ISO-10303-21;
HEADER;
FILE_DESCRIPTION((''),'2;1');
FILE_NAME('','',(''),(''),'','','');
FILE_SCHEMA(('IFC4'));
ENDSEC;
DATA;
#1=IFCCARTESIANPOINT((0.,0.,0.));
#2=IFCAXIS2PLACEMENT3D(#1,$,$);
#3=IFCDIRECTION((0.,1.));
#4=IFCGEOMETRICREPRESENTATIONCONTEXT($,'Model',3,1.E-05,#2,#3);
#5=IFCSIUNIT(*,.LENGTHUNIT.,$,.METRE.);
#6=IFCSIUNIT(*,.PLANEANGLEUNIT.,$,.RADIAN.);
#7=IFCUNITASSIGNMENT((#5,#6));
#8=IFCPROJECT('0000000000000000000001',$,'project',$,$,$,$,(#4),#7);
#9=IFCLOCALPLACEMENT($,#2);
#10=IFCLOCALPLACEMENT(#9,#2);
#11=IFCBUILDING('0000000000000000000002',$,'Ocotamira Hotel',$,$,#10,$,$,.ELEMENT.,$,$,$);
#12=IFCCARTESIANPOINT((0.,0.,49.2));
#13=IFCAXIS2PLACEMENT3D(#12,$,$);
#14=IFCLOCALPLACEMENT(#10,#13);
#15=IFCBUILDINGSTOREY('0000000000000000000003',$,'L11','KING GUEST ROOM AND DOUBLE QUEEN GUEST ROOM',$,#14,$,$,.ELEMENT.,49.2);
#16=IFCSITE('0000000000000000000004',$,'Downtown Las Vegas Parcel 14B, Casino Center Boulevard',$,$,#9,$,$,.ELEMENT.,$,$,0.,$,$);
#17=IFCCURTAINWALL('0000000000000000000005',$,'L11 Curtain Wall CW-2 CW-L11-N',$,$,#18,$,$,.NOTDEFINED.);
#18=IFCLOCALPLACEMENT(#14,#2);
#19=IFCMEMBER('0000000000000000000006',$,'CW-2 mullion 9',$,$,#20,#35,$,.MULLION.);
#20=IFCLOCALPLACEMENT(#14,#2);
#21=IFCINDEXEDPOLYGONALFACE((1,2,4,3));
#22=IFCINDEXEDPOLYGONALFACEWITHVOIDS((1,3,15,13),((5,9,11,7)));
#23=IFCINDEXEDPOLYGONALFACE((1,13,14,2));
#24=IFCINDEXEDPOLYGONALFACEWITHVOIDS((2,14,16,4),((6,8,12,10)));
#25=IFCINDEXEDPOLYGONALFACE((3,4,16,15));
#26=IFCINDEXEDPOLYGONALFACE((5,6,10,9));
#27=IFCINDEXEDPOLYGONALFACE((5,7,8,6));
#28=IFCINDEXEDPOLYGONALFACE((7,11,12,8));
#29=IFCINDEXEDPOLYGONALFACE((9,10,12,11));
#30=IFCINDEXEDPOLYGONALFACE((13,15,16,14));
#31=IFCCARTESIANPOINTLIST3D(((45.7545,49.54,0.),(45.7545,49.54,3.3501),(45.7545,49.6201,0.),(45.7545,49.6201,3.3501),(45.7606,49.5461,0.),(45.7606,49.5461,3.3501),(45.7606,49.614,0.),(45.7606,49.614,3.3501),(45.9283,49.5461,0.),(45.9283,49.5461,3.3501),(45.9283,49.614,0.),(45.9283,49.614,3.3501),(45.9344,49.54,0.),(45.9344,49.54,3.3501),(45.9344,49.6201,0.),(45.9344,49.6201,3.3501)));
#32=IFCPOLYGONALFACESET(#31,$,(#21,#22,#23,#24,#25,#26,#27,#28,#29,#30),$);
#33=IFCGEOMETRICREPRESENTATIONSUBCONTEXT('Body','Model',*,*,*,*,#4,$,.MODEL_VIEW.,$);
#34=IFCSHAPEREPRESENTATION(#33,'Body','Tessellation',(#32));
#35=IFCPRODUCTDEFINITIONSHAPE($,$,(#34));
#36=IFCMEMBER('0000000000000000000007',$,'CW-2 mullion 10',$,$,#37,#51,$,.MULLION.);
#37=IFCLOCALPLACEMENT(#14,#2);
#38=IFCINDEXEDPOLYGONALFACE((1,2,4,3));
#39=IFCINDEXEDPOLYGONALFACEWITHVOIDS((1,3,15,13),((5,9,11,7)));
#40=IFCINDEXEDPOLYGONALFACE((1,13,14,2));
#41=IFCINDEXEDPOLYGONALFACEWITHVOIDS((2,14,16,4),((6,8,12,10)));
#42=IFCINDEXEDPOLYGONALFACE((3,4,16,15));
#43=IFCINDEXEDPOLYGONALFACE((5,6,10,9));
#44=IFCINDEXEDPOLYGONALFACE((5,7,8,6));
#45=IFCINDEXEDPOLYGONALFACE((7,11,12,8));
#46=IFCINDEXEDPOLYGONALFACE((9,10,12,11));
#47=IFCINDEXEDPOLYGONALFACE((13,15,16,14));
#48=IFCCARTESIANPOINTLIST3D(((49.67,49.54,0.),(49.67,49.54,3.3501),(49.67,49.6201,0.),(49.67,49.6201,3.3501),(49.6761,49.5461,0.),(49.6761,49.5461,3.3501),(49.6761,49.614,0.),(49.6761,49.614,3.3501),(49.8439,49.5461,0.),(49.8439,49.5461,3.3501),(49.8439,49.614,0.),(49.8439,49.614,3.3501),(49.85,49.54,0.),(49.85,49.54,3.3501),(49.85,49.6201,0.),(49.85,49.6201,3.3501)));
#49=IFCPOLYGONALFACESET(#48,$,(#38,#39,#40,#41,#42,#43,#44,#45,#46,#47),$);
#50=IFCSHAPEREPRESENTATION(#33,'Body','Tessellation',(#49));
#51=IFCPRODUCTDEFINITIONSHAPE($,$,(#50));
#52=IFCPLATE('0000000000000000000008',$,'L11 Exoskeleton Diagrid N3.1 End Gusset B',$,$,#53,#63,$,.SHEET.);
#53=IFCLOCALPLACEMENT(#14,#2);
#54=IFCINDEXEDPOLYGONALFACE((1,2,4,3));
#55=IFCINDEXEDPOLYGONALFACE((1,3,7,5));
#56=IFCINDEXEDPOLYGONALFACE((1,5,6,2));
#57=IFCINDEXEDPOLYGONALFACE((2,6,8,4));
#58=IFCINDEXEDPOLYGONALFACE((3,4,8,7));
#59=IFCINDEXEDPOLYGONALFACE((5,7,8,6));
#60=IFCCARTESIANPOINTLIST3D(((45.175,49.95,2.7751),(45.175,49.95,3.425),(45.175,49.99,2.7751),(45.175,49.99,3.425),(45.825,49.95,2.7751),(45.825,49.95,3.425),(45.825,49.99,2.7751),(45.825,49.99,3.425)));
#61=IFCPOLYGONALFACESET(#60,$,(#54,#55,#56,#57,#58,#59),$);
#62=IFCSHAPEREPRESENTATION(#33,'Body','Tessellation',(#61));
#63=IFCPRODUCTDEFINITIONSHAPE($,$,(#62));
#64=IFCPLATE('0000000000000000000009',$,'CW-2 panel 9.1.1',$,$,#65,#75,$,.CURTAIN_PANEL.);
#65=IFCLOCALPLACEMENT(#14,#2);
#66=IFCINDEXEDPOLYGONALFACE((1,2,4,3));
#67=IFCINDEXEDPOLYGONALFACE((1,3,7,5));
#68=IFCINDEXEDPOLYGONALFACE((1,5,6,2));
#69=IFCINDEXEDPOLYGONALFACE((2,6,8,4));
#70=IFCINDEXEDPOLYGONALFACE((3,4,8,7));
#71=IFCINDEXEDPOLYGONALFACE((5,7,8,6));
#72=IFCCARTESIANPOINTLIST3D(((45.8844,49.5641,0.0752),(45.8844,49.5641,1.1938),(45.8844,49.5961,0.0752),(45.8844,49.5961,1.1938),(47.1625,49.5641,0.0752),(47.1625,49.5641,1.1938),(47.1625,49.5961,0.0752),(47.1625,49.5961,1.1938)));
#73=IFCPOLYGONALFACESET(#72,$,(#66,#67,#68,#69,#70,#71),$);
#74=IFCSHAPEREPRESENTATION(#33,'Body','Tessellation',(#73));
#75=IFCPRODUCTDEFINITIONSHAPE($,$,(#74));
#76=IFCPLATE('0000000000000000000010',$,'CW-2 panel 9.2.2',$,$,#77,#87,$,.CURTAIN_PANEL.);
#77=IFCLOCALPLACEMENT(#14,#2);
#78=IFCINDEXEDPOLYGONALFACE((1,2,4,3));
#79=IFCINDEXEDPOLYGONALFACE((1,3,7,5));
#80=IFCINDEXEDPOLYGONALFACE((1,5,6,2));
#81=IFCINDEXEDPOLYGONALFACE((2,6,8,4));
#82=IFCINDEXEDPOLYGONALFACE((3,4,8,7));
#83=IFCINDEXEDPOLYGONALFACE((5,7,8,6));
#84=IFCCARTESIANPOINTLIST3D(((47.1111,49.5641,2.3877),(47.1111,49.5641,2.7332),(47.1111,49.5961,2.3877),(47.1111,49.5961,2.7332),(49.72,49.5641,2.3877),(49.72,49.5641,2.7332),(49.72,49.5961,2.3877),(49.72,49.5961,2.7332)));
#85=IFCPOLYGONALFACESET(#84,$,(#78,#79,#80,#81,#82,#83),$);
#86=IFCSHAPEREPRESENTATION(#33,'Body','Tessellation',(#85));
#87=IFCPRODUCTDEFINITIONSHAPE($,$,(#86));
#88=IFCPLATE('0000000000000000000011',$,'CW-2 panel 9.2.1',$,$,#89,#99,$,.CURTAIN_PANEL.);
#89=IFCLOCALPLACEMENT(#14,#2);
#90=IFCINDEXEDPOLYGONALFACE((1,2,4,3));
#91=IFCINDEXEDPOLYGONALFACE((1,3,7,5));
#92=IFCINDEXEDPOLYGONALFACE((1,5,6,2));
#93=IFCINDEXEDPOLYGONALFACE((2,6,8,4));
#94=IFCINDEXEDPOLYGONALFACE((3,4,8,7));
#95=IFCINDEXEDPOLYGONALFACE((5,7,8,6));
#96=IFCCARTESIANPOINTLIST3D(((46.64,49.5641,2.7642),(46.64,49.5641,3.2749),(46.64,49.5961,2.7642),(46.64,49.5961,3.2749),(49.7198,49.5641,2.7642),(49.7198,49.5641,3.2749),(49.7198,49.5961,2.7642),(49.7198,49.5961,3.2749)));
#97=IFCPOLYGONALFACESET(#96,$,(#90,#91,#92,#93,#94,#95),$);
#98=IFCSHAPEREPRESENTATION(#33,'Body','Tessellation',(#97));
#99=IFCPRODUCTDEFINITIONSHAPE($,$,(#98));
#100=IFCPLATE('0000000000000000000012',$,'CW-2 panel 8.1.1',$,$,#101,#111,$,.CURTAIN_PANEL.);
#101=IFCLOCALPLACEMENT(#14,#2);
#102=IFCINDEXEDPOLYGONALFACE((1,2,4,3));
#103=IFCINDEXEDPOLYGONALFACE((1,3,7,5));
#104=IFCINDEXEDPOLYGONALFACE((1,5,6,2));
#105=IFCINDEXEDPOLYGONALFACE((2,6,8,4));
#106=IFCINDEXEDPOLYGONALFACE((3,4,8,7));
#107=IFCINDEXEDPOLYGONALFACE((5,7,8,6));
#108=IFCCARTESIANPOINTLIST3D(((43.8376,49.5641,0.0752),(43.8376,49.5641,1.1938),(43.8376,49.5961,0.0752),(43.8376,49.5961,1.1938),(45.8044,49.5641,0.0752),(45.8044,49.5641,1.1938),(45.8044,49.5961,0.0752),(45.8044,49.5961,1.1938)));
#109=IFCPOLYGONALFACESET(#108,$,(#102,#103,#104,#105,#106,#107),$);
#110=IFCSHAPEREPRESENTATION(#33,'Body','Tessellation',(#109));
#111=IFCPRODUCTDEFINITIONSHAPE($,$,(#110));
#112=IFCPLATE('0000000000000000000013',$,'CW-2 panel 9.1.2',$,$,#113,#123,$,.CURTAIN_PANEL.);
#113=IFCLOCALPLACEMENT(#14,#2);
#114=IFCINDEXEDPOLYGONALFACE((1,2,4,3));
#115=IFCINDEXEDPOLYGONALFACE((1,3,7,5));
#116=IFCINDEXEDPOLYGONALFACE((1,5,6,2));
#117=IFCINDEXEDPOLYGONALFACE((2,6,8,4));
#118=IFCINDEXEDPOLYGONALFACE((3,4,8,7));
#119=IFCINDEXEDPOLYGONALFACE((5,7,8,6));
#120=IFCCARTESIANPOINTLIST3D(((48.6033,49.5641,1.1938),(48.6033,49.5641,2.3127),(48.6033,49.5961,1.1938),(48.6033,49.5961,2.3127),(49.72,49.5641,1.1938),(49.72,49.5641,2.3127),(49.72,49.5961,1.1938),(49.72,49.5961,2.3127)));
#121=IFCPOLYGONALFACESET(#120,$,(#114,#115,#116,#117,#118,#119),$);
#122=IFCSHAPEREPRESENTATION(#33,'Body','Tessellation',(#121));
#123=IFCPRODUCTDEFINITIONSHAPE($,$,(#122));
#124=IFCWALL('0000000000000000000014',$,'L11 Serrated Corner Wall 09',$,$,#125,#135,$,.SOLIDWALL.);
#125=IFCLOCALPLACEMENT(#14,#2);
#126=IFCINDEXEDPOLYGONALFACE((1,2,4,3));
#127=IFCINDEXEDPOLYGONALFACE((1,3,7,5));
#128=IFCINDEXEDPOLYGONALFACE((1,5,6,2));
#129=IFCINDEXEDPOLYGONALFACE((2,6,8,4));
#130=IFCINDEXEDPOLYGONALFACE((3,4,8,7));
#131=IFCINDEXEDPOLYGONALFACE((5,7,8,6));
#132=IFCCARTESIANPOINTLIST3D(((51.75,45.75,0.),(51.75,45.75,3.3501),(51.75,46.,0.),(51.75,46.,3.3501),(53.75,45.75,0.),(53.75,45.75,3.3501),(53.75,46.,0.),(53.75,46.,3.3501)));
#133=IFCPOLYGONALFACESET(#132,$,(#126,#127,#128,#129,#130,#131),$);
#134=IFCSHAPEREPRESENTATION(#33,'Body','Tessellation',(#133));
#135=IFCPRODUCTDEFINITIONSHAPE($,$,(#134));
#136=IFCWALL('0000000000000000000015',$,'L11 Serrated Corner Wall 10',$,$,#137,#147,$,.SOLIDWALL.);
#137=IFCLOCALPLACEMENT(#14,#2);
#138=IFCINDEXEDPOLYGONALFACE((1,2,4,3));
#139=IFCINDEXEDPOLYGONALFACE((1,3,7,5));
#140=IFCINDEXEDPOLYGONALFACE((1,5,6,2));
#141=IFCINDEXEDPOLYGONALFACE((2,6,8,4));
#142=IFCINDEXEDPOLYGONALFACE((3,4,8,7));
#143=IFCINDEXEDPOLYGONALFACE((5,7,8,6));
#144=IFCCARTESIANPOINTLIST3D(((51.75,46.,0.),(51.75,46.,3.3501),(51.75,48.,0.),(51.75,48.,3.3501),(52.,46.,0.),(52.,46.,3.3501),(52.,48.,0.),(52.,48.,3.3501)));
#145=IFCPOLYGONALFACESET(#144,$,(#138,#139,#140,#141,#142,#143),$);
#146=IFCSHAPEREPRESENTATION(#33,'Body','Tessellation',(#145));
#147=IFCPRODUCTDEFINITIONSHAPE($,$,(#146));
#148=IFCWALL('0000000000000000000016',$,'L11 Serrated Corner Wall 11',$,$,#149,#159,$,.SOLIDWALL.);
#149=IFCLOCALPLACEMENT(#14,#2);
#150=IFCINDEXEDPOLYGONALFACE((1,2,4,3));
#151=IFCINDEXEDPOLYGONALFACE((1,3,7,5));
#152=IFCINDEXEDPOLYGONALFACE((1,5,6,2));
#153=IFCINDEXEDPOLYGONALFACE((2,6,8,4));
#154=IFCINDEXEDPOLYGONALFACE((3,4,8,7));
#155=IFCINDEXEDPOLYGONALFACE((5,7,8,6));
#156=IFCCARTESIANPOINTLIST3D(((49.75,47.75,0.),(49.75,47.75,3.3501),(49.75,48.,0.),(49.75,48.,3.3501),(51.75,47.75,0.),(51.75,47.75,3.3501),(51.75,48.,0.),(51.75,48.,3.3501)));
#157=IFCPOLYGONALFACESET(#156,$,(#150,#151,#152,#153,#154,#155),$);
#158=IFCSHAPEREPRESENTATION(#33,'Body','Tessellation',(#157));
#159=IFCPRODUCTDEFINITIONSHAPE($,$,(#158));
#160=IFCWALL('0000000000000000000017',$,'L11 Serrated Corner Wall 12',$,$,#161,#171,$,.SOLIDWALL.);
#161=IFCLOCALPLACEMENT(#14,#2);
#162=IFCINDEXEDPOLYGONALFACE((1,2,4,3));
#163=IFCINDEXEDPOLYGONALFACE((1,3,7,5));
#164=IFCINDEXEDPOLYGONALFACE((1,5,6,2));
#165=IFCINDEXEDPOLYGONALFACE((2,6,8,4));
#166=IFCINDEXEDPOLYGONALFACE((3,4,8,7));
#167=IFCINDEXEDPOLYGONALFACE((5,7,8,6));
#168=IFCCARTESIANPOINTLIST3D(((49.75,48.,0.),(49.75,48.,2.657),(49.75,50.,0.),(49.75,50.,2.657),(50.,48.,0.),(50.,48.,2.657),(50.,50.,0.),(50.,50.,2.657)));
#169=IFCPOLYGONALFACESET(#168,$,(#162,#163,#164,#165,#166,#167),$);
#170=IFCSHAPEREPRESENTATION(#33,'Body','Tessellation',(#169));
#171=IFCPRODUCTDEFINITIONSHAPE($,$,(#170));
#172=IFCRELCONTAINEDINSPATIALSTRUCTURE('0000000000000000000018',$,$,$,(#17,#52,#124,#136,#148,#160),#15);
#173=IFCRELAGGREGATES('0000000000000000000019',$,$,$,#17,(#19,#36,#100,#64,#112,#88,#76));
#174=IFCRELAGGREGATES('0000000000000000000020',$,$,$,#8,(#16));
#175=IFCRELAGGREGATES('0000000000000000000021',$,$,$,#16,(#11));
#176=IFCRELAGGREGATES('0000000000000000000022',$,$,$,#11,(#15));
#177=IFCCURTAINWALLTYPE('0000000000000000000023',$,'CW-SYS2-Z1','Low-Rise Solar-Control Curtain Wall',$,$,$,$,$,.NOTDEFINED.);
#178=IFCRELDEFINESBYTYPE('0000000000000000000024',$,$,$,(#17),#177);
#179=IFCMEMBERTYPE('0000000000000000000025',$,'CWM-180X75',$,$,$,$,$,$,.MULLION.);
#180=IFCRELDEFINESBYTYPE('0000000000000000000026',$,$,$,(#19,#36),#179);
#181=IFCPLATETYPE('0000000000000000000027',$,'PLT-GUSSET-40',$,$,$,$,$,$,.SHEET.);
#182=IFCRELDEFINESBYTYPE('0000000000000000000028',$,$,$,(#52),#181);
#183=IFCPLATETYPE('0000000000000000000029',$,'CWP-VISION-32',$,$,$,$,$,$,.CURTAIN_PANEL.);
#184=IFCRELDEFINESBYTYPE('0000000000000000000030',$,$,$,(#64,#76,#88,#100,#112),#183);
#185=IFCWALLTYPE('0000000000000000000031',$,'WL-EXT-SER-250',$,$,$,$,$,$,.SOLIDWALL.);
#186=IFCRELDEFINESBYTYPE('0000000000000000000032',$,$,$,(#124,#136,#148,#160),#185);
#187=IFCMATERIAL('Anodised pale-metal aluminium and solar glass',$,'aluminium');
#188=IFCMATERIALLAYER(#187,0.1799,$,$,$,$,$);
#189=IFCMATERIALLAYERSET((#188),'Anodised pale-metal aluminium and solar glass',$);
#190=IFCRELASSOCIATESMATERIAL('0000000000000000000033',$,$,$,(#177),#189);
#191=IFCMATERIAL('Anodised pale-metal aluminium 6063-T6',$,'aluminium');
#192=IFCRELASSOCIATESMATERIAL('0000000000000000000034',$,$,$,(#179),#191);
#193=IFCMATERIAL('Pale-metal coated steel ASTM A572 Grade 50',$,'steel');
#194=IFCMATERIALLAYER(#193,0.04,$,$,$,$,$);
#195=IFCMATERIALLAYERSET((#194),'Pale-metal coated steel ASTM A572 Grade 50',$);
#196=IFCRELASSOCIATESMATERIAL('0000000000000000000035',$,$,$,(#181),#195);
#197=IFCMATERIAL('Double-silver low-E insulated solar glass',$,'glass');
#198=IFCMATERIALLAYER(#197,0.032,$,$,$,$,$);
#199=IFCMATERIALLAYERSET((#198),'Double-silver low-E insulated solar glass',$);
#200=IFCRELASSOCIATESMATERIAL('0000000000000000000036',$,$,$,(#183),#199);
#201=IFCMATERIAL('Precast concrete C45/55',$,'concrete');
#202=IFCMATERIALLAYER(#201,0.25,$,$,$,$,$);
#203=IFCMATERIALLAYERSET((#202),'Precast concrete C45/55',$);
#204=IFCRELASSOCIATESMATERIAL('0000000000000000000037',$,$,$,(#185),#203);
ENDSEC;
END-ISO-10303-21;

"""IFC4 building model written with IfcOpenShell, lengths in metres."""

from ifc_helpers import new_model, si_unit, direction, frame, frame_2d, origin, origin_2d, place, context, subcontext, project, spatial, rectangle, hollow_rectangle, extrude, source, transform, mapped, material, layer, layer_set, material_profile, profile_set, type_object, element, aggregate, save


model = new_model("IFC4")

# Units and contexts
model_context = context("Model", 3, precision=1e-05, world=origin(), true_north=direction((0.0, 1.0)))
body_context = subcontext(model_context, "Body", "Model", "MODEL_VIEW")
ifc_project = project(units=[si_unit("LENGTHUNIT", "METRE"), si_unit("PLANEANGLEUNIT", "RADIAN")], contexts=[model_context])

# Site, building, storey
site_placement = place(None, origin())
site = spatial("IfcSite", under=ifc_project, at=site_placement, Name="Downtown Las Vegas Parcel 14B, Casino Center Boulevard", CompositionType="ELEMENT", RefElevation=0.0)
building_placement = place(site_placement, origin())
building = spatial("IfcBuilding", under=site, at=building_placement, Name="Ocotamira Hotel", CompositionType="ELEMENT")
storey_placement = place(building_placement, frame((0.0, 0.0, 49.2)))
storey = spatial("IfcBuildingStorey", under=building, at=storey_placement, Name="L11", Description="KING GUEST ROOM AND DOUBLE QUEEN GUEST ROOM", CompositionType="ELEMENT", Elevation=49.2)

# Curtain wall, members
ifc_material_1 = material(Name="Anodised pale-metal aluminium and solar glass", Category="aluminium")
ifc_layer_1 = layer(ifc_material_1, 0.1799)
ifc_layer_set_1 = layer_set([ifc_layer_1], Name="Anodised pale-metal aluminium and solar glass")
curtain_wall_type = type_object("IfcCurtainWallType", Name="CW-SYS2-Z1", Description="Low-Rise Solar-Control Curtain Wall", PredefinedType="NOTDEFINED", material=ifc_layer_set_1)
curtain_wall_placement = place(storey_placement, origin())
curtain_wall = element("IfcCurtainWall", 1, at=curtain_wall_placement, inside=storey, type_object=curtain_wall_type, Name="L11 Curtain Wall CW-2 CW-L11-N", PredefinedType="NOTDEFINED")
ifc_material_2 = material(Name="Anodised pale-metal aluminium 6063-T6", Category="aluminium")
ifc_material_profile_1 = material_profile(ifc_material_2, hollow_rectangle(XDim=0.0801, YDim=0.1799, WallThickness=0.0061, at=origin_2d()), Name="HSS180X80X6")
ifc_profile_set_1 = profile_set([ifc_material_profile_1], Name="Anodised pale-metal aluminium 6063-T6")
member_type_1 = type_object("IfcMemberType", Name="CWM-180X75", PredefinedType="MULLION", material=ifc_profile_set_1)
shared_shape_1 = source(origin(), body_context, "Body", "SweptSolid", [
    extrude(hollow_rectangle(XDim=0.0801, YDim=0.1799, WallThickness=0.0061, at=origin_2d()), origin(), (0.0, 0.0, 1.0), 3.3501),
])
member_1_placement = place(storey_placement, frame((45.8445, 49.5801, 0.0), z_axis=(0.0, 0.0, 1.0), x_axis=(0.0, 1.0, 0.0)))
member_1 = element("IfcMember", 2, at=member_1_placement, type_object=member_type_1, Name="CW-2 mullion 9", PredefinedType="MULLION", context=body_context, shape_type="MappedRepresentation", body=[
    mapped(shared_shape_1, transform((0.0, 0.0, 0.0), scale=1.0)),
])
member_2_placement = place(storey_placement, frame((49.76, 49.5801, 0.0), z_axis=(0.0, 0.0, 1.0), x_axis=(0.0, 1.0, 0.0)))
member_2 = element("IfcMember", 3, at=member_2_placement, type_object=member_type_1, Name="CW-2 mullion 10", PredefinedType="MULLION", context=body_context, shape_type="MappedRepresentation", body=[
    mapped(shared_shape_1, transform((0.0, 0.0, 0.0), scale=1.0)),
])

# Plates
ifc_material_3 = material(Name="Pale-metal coated steel ASTM A572 Grade 50", Category="steel")
ifc_layer_2 = layer(ifc_material_3, 0.04)
ifc_layer_set_2 = layer_set([ifc_layer_2], Name="Pale-metal coated steel ASTM A572 Grade 50")
plate_type_1 = type_object("IfcPlateType", Name="PLT-GUSSET-40", PredefinedType="SHEET", material=ifc_layer_set_2)
shared_shape_2 = source(origin(), body_context, "Body", "SweptSolid", [
    extrude(rectangle(XDim=0.6499, YDim=0.04, at=origin_2d()), origin(), (0.0, 0.0, 1.0), 0.6499),
])
plate_1_placement = place(storey_placement, frame((45.5, 49.97, 2.7751), z_axis=(0.0, 0.0, 1.0), x_axis=(1.0, 0.0, 0.0)))
element("IfcPlate", 4, at=plate_1_placement, inside=storey, type_object=plate_type_1, Name="L11 Exoskeleton Diagrid N3.1 End Gusset B", PredefinedType="SHEET", context=body_context, shape_type="MappedRepresentation", body=[
    mapped(shared_shape_2, transform((0.0, 0.0, 0.0), scale=1.0)),
])
ifc_material_4 = material(Name="Double-silver low-E insulated solar glass", Category="glass")
ifc_layer_3 = layer(ifc_material_4, 0.032)
ifc_layer_set_3 = layer_set([ifc_layer_3], Name="Double-silver low-E insulated solar glass")
plate_type_2 = type_object("IfcPlateType", Name="CWP-VISION-32", PredefinedType="CURTAIN_PANEL", material=ifc_layer_set_3)
shared_shape_3 = source(origin(), body_context, "Body", "SweptSolid", [
    extrude(rectangle(XDim=1.2781, YDim=0.032, at=origin_2d()), origin(), (0.0, 0.0, 1.0), 1.1187),
])
plate_2_placement = place(storey_placement, frame((46.5234, 49.5801, 0.0752), z_axis=(0.0, 0.0, 1.0), x_axis=(1.0, 0.0, 0.0)))
plate_2 = element("IfcPlate", 5, at=plate_2_placement, type_object=plate_type_2, Name="CW-2 panel 9.1.1", PredefinedType="CURTAIN_PANEL", context=body_context, shape_type="MappedRepresentation", body=[
    mapped(shared_shape_3, transform((0.0, 0.0, 0.0), scale=1.0)),
])
shared_shape_4 = source(origin(), body_context, "Body", "SweptSolid", [
    extrude(rectangle(XDim=2.6089, YDim=0.032, at=origin_2d()), origin(), (0.0, 0.0, 1.0), 0.3455),
])
plate_3_placement = place(storey_placement, frame((48.4155, 49.5801, 2.3877), z_axis=(0.0, 0.0, 1.0), x_axis=(1.0, 0.0, 0.0)))
plate_3 = element("IfcPlate", 6, at=plate_3_placement, type_object=plate_type_2, Name="CW-2 panel 9.2.2", PredefinedType="CURTAIN_PANEL", context=body_context, shape_type="MappedRepresentation", body=[
    mapped(shared_shape_4, transform((0.0, 0.0, 0.0), scale=1.0)),
])
shared_shape_5 = source(origin(), body_context, "Body", "SweptSolid", [
    extrude(rectangle(XDim=3.0798, YDim=0.032, at=origin_2d()), origin(), (0.0, 0.0, 1.0), 0.5107),
])
plate_4_placement = place(storey_placement, frame((48.1799, 49.5801, 2.7642), z_axis=(0.0, 0.0, 1.0), x_axis=(1.0, 0.0, 0.0)))
plate_4 = element("IfcPlate", 7, at=plate_4_placement, type_object=plate_type_2, Name="CW-2 panel 9.2.1", PredefinedType="CURTAIN_PANEL", context=body_context, shape_type="MappedRepresentation", body=[
    mapped(shared_shape_5, transform((0.0, 0.0, 0.0), scale=1.0)),
])
shared_shape_6 = source(origin(), body_context, "Body", "SweptSolid", [
    extrude(rectangle(XDim=1.9668, YDim=0.032, at=origin_2d()), origin(), (0.0, 0.0, 1.0), 1.1187),
])
plate_5_placement = place(storey_placement, frame((44.821, 49.5801, 0.0752), z_axis=(0.0, 0.0, 1.0), x_axis=(1.0, 0.0, 0.0)))
plate_5 = element("IfcPlate", 8, at=plate_5_placement, type_object=plate_type_2, Name="CW-2 panel 8.1.1", PredefinedType="CURTAIN_PANEL", context=body_context, shape_type="MappedRepresentation", body=[
    mapped(shared_shape_6, transform((0.0, 0.0, 0.0), scale=1.0)),
])
shared_shape_7 = source(origin(), body_context, "Body", "SweptSolid", [
    extrude(rectangle(XDim=1.1167, YDim=0.032, at=origin_2d()), origin(), (0.0, 0.0, 1.0), 1.1189),
])
plate_6_placement = place(storey_placement, frame((49.1616, 49.5801, 1.1938), z_axis=(0.0, 0.0, 1.0), x_axis=(1.0, 0.0, 0.0)))
plate_6 = element("IfcPlate", 9, at=plate_6_placement, type_object=plate_type_2, Name="CW-2 panel 9.1.2", PredefinedType="CURTAIN_PANEL", context=body_context, shape_type="MappedRepresentation", body=[
    mapped(shared_shape_7, transform((0.0, 0.0, 0.0), scale=1.0)),
])
aggregate(curtain_wall, [member_1, member_2, plate_5, plate_2, plate_6, plate_4, plate_3])

# Walls
ifc_material_5 = material(Name="Precast concrete C45/55", Category="concrete")
ifc_layer_4 = layer(ifc_material_5, 0.25)
ifc_layer_set_4 = layer_set([ifc_layer_4], Name="Precast concrete C45/55")
wall_type = type_object("IfcWallType", Name="WL-EXT-SER-250", PredefinedType="SOLIDWALL", material=ifc_layer_set_4)
for number, where, z_axis, x_axis, name in (
    (10, (53.75, 45.875, 0.0), (0.0, 0.0, 1.0), (-1.0, 0.0, 0.0), "L11 Serrated Corner Wall 09"),
    (11, (51.875, 46.0, 0.0), (0.0, 0.0, 1.0), (0.0, 1.0, 0.0), "L11 Serrated Corner Wall 10"),
    (12, (51.75, 47.875, 0.0), (0.0, 0.0, 1.0), (-1.0, 0.0, 0.0), "L11 Serrated Corner Wall 11"),
):
    element("IfcWall", number, at=place(storey_placement, frame(where, z_axis=z_axis, x_axis=x_axis)), inside=storey, type_object=wall_type, Name=name, PredefinedType="SOLIDWALL", context=body_context, shape_type="SweptSolid", body=[
        extrude(rectangle(XDim=2.0, YDim=0.25, at=frame_2d((1.0, 0.0))), origin(), (0.0, 0.0, 1.0), 3.3501),
    ])
wall_placement = place(storey_placement, frame((49.875, 48.0, 0.0), z_axis=(0.0, 0.0, 1.0), x_axis=(0.0, 1.0, 0.0)))
element("IfcWall", 13, at=wall_placement, inside=storey, type_object=wall_type, Name="L11 Serrated Corner Wall 12", PredefinedType="SOLIDWALL", context=body_context, shape_type="SweptSolid", body=[
    extrude(rectangle(XDim=2.0, YDim=0.25, at=frame_2d((1.0, 0.0))), origin(), (0.0, 0.0, 1.0), 2.657),
])

save(model, "model.ifc")
